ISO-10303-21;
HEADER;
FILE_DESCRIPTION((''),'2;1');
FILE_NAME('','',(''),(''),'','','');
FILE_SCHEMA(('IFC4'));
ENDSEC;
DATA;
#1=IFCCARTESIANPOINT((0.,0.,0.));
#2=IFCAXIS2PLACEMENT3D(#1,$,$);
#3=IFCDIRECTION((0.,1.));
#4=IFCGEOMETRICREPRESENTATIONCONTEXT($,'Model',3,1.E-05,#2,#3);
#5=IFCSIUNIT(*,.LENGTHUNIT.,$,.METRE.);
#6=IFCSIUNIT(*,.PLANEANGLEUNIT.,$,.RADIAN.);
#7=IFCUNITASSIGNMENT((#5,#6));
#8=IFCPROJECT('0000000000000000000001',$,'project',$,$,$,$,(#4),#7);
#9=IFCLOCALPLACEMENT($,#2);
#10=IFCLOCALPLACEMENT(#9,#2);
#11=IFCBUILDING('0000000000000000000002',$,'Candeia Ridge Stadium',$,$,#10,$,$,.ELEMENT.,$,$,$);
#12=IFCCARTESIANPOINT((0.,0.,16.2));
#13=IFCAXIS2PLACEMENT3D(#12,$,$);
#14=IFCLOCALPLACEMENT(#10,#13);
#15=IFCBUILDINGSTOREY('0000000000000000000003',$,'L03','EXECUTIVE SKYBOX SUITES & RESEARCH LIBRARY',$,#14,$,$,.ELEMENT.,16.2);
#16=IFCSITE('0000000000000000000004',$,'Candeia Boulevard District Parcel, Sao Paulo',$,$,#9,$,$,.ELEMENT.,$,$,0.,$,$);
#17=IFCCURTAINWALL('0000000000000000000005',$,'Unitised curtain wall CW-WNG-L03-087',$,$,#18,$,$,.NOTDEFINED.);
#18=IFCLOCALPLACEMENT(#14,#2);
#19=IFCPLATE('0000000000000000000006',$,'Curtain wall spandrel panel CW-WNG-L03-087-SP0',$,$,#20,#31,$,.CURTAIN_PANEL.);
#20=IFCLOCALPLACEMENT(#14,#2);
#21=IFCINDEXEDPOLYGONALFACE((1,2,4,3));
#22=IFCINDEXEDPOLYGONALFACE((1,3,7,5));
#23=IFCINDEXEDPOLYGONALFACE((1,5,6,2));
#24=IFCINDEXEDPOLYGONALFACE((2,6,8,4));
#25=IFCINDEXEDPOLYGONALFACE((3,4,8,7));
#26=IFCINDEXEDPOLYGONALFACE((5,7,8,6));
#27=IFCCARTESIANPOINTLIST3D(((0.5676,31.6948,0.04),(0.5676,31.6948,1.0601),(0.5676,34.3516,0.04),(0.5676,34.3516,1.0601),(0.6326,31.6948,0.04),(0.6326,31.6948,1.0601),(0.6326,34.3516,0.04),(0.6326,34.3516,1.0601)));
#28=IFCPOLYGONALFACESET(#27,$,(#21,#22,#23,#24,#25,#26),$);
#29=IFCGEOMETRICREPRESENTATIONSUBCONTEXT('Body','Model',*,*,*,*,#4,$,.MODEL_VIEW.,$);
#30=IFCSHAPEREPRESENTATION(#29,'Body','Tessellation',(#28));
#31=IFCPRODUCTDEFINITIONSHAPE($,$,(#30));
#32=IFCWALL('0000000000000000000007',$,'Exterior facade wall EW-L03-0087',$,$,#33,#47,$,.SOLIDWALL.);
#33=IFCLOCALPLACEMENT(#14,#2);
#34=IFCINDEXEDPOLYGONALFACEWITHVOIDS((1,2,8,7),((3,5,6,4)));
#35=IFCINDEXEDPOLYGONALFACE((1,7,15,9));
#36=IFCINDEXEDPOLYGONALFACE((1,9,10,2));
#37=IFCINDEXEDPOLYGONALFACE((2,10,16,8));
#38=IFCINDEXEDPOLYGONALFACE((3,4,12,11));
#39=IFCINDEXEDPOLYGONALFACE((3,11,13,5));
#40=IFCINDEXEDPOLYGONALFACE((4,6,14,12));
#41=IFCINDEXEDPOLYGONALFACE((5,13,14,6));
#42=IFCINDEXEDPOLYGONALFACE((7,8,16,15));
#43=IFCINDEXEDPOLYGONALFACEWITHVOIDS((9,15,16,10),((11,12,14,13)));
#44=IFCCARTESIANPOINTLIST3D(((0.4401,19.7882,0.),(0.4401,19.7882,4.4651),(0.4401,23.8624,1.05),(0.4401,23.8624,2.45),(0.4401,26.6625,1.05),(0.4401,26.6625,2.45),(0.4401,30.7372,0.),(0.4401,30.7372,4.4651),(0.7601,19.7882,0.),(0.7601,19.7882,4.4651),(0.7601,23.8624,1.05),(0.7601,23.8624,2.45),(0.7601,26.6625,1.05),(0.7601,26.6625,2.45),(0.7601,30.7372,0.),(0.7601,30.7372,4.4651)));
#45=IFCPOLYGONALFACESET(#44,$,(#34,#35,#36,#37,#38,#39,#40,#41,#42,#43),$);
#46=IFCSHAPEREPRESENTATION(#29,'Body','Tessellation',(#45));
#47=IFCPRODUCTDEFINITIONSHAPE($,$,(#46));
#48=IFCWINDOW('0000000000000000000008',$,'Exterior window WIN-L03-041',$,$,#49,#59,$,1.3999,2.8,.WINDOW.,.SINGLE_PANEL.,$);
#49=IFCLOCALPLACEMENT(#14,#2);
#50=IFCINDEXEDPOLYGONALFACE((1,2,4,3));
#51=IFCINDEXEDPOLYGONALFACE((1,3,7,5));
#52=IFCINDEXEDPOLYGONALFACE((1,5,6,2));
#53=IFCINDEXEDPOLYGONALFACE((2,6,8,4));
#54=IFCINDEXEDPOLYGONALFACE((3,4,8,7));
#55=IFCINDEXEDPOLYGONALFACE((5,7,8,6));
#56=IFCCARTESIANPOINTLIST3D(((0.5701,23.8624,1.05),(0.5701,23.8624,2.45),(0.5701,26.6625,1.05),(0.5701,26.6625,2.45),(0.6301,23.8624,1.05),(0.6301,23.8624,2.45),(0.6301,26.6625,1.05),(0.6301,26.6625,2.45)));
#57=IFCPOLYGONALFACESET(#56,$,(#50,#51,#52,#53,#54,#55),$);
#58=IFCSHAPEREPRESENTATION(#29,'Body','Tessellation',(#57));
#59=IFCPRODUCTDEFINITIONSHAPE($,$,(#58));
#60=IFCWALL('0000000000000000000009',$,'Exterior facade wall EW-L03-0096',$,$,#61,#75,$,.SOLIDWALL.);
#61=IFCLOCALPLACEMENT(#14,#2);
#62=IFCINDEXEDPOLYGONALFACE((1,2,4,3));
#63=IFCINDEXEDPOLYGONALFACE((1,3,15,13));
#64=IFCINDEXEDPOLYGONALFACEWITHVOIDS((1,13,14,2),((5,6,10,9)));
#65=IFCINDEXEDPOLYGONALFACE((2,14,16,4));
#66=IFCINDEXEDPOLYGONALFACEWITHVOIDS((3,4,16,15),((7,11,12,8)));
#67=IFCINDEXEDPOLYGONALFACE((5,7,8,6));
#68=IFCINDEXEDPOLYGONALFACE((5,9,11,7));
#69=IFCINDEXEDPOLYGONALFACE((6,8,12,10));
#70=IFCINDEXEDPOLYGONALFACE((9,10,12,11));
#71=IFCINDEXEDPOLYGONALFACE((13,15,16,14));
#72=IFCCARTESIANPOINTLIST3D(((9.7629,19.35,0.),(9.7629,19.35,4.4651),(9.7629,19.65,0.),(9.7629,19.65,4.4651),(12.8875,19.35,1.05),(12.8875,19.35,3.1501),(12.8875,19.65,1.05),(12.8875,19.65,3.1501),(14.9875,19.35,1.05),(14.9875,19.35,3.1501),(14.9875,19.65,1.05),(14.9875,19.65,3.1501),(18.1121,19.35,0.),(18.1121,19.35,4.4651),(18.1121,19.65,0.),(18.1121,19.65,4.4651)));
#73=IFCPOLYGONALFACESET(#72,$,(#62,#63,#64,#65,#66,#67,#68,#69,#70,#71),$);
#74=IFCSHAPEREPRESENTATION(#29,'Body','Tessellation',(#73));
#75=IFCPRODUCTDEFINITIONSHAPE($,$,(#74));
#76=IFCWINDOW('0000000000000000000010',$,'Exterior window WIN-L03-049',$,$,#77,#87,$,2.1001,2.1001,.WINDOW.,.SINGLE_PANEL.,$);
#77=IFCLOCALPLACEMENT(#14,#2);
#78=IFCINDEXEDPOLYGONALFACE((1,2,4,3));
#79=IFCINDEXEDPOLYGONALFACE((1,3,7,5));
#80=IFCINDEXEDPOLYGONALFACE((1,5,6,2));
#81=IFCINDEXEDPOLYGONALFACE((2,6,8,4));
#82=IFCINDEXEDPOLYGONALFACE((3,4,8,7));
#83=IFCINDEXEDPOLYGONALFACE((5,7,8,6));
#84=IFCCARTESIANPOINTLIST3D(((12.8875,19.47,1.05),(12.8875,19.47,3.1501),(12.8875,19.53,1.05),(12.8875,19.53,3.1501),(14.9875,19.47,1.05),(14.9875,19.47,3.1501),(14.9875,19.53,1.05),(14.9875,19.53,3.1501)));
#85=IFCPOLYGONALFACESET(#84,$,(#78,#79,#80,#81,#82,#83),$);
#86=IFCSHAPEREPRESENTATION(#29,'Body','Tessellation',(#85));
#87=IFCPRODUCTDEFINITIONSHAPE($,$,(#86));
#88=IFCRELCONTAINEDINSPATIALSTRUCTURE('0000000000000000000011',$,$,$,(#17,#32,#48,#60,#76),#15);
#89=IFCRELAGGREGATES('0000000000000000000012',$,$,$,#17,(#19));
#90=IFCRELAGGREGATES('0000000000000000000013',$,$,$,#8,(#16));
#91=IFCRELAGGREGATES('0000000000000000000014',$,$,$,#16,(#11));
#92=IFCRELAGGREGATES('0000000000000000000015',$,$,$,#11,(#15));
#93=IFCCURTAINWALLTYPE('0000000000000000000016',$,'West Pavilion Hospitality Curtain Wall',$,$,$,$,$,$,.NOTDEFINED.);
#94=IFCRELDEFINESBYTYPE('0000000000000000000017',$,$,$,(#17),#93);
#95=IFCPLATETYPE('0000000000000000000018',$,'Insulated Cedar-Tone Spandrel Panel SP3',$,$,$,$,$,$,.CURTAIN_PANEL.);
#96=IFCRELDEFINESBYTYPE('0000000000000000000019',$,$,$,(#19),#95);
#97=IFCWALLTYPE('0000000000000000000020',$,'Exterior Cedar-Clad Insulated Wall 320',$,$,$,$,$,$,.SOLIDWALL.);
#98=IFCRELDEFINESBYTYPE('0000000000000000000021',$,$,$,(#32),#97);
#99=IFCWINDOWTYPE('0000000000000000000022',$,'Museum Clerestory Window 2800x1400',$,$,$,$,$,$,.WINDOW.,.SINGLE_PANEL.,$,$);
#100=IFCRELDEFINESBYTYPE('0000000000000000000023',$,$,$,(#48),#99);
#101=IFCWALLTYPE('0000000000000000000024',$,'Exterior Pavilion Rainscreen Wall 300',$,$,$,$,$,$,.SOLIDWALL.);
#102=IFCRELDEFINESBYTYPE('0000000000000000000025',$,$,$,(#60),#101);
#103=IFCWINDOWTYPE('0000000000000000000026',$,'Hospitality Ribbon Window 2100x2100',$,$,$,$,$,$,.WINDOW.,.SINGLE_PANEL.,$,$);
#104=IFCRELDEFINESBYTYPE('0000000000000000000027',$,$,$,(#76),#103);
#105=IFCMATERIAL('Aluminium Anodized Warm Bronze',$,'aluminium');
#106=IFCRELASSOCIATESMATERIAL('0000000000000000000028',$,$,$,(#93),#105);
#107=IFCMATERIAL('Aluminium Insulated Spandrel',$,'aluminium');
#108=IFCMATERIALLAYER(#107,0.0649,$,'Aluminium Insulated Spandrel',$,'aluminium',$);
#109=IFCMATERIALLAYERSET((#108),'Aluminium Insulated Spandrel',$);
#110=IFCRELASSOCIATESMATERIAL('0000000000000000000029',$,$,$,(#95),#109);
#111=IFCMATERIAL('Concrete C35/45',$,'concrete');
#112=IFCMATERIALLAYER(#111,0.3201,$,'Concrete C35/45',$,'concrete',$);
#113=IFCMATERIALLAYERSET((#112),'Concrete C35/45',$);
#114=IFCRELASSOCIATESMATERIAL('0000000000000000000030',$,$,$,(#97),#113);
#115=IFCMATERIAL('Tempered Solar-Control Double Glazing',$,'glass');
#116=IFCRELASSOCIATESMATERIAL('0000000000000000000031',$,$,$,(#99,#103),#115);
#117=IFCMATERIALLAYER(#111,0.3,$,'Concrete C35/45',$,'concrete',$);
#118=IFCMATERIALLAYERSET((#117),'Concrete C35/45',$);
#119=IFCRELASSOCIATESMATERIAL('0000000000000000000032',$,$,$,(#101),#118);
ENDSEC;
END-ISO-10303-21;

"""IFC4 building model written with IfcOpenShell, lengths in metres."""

from ifc_helpers import new_model, si_unit, direction, frame, frame_2d, origin, origin_2d, place, context, subcontext, project, spatial, rectangle, extrude, material, layer, layer_set, type_object, element, fill, aggregate, save


model = new_model("IFC4")

# Units and contexts
model_context = context("Model", 3, precision=1e-05, world=origin(), true_north=direction((0.0, 1.0)))
body_context = subcontext(model_context, "Body", "Model", "MODEL_VIEW")
ifc_project = project(units=[si_unit("LENGTHUNIT", "METRE"), si_unit("PLANEANGLEUNIT", "RADIAN")], contexts=[model_context])

# Site, building, storey
site_placement = place(None, origin())
site = spatial("IfcSite", under=ifc_project, at=site_placement, Name="Candeia Boulevard District Parcel, Sao Paulo", CompositionType="ELEMENT", RefElevation=0.0)
building_placement = place(site_placement, origin())
building = spatial("IfcBuilding", under=site, at=building_placement, Name="Candeia Ridge Stadium", CompositionType="ELEMENT")
storey_placement = place(building_placement, frame((0.0, 0.0, 16.2)))
storey = spatial("IfcBuildingStorey", under=building, at=storey_placement, Name="L03", Description="EXECUTIVE SKYBOX SUITES & RESEARCH LIBRARY", CompositionType="ELEMENT", Elevation=16.2)

# Curtain wall
ifc_material_1 = material(Name="Aluminium Anodized Warm Bronze", Category="aluminium")
curtain_wall_type = type_object("IfcCurtainWallType", Name="West Pavilion Hospitality Curtain Wall", PredefinedType="NOTDEFINED", material=ifc_material_1)
curtain_wall_placement = place(storey_placement, origin())
curtain_wall = element("IfcCurtainWall", 1, at=curtain_wall_placement, inside=storey, type_object=curtain_wall_type, Name="Unitised curtain wall CW-WNG-L03-087", PredefinedType="NOTDEFINED")

# Plate
ifc_material_2 = material(Name="Aluminium Insulated Spandrel", Category="aluminium")
ifc_layer_1 = layer(ifc_material_2, 0.0649, Name="Aluminium Insulated Spandrel", Category="aluminium")
ifc_layer_set_1 = layer_set([ifc_layer_1], Name="Aluminium Insulated Spandrel")
plate_type = type_object("IfcPlateType", Name="Insulated Cedar-Tone Spandrel Panel SP3", PredefinedType="CURTAIN_PANEL", material=ifc_layer_set_1)
plate_placement = place(storey_placement, frame((0.6001, 33.0232, 0.04), z_axis=(0.0, 0.0, 1.0), x_axis=(0.0, 1.0, 0.0)))
plate = element("IfcPlate", 2, at=plate_placement, type_object=plate_type, Name="Curtain wall spandrel panel CW-WNG-L03-087-SP0", PredefinedType="CURTAIN_PANEL", context=body_context, shape_type="SweptSolid", body=[
    extrude(rectangle(XDim=2.6567, YDim=0.0649, at=origin_2d()), origin(), (0.0, 0.0, 1.0), 1.02),
])
aggregate(curtain_wall, [plate])

# Walls, openings, windows
ifc_material_3 = material(Name="Concrete C35/45", Category="concrete")
ifc_layer_2 = layer(ifc_material_3, 0.3201, Name="Concrete C35/45", Category="concrete")
ifc_layer_set_2 = layer_set([ifc_layer_2], Name="Concrete C35/45")
wall_type_1 = type_object("IfcWallType", Name="Exterior Cedar-Clad Insulated Wall 320", PredefinedType="SOLIDWALL", material=ifc_layer_set_2)
wall_1_placement = place(storey_placement, frame((0.6001, 19.7881, 0.0), z_axis=(0.0, 0.0, 1.0), x_axis=(0.0, 1.0, 0.0)))
wall_1 = element("IfcWall", 3, at=wall_1_placement, inside=storey, type_object=wall_type_1, Name="Exterior facade wall EW-L03-0087", PredefinedType="SOLIDWALL", context=body_context, shape_type="SweptSolid", body=[
    extrude(rectangle(XDim=10.949, YDim=0.3201, at=frame_2d((5.4746, 0.0))), origin(), (0.0, 0.0, 1.0), 4.4651),
])
opening_1_placement = place(wall_1_placement, frame((4.0745, 0.0, 1.05)))
opening_1 = element("IfcOpeningElement", 4, at=opening_1_placement, cuts=wall_1, PredefinedType="OPENING", context=body_context, shape_type="SweptSolid", body=[
    extrude(rectangle(XDim=2.8, YDim=1.3999, at=frame_2d((1.3999, 0.7))), frame((0.0, 0.1699, 0.0), z_axis=(0.0, -1.0, 0.0), x_axis=(1.0, 0.0, 0.0)), (0.0, 0.0, 1.0), 0.3401),
])
ifc_material_4 = material(Name="Tempered Solar-Control Double Glazing", Category="glass")
window_type_1 = type_object("IfcWindowType", Name="Museum Clerestory Window 2800x1400", PartitioningType="SINGLE_PANEL", PredefinedType="WINDOW", material=ifc_material_4)
window_1_placement = place(opening_1_placement, origin())
window_1 = element("IfcWindow", 5, at=window_1_placement, inside=storey, type_object=window_type_1, Name="Exterior window WIN-L03-041", OverallHeight=1.3999, OverallWidth=2.8, PartitioningType="SINGLE_PANEL", PredefinedType="WINDOW", context=body_context, shape_type="SweptSolid", body=[
    extrude(rectangle(XDim=2.8, YDim=1.3999, at=frame_2d((1.3999, 0.7))), frame((0.0, 0.03, 0.0), z_axis=(0.0, -1.0, 0.0), x_axis=(1.0, 0.0, 0.0)), (0.0, 0.0, 1.0), 0.0601),
])
fill(opening_1, window_1)
ifc_layer_3 = layer(ifc_material_3, 0.3, Name="Concrete C35/45", Category="concrete")
ifc_layer_set_3 = layer_set([ifc_layer_3], Name="Concrete C35/45")
wall_type_2 = type_object("IfcWallType", Name="Exterior Pavilion Rainscreen Wall 300", PredefinedType="SOLIDWALL", material=ifc_layer_set_3)
wall_2_placement = place(storey_placement, frame((9.7629, 19.5, 0.0), z_axis=(0.0, 0.0, 1.0), x_axis=(1.0, 0.0, 0.0)))
wall_2 = element("IfcWall", 6, at=wall_2_placement, inside=storey, type_object=wall_type_2, Name="Exterior facade wall EW-L03-0096", PredefinedType="SOLIDWALL", context=body_context, shape_type="SweptSolid", body=[
    extrude(rectangle(XDim=8.3491, YDim=0.3, at=frame_2d((4.1746, 0.0))), origin(), (0.0, 0.0, 1.0), 4.4651),
])
opening_2_placement = place(wall_2_placement, frame((3.1245, 0.0, 1.05)))
opening_2 = element("IfcOpeningElement", 7, at=opening_2_placement, cuts=wall_2, PredefinedType="OPENING", context=body_context, shape_type="SweptSolid", body=[
    extrude(rectangle(XDim=2.1001, YDim=2.1001, at=frame_2d((1.05, 1.05))), frame((0.0, 0.1599, 0.0), z_axis=(0.0, -1.0, 0.0), x_axis=(1.0, 0.0, 0.0)), (0.0, 0.0, 1.0), 0.3201),
])
window_type_2 = type_object("IfcWindowType", Name="Hospitality Ribbon Window 2100x2100", PartitioningType="SINGLE_PANEL", PredefinedType="WINDOW", material=ifc_material_4)
window_2_placement = place(opening_2_placement, origin())
window_2 = element("IfcWindow", 8, at=window_2_placement, inside=storey, type_object=window_type_2, Name="Exterior window WIN-L03-049", OverallHeight=2.1001, OverallWidth=2.1001, PartitioningType="SINGLE_PANEL", PredefinedType="WINDOW", context=body_context, shape_type="SweptSolid", body=[
    extrude(rectangle(XDim=2.1001, YDim=2.1001, at=frame_2d((1.05, 1.05))), frame((0.0, 0.03, 0.0), z_axis=(0.0, -1.0, 0.0), x_axis=(1.0, 0.0, 0.0)), (0.0, 0.0, 1.0), 0.0601),
])
fill(opening_2, window_2)

save(model, "model.ifc")
